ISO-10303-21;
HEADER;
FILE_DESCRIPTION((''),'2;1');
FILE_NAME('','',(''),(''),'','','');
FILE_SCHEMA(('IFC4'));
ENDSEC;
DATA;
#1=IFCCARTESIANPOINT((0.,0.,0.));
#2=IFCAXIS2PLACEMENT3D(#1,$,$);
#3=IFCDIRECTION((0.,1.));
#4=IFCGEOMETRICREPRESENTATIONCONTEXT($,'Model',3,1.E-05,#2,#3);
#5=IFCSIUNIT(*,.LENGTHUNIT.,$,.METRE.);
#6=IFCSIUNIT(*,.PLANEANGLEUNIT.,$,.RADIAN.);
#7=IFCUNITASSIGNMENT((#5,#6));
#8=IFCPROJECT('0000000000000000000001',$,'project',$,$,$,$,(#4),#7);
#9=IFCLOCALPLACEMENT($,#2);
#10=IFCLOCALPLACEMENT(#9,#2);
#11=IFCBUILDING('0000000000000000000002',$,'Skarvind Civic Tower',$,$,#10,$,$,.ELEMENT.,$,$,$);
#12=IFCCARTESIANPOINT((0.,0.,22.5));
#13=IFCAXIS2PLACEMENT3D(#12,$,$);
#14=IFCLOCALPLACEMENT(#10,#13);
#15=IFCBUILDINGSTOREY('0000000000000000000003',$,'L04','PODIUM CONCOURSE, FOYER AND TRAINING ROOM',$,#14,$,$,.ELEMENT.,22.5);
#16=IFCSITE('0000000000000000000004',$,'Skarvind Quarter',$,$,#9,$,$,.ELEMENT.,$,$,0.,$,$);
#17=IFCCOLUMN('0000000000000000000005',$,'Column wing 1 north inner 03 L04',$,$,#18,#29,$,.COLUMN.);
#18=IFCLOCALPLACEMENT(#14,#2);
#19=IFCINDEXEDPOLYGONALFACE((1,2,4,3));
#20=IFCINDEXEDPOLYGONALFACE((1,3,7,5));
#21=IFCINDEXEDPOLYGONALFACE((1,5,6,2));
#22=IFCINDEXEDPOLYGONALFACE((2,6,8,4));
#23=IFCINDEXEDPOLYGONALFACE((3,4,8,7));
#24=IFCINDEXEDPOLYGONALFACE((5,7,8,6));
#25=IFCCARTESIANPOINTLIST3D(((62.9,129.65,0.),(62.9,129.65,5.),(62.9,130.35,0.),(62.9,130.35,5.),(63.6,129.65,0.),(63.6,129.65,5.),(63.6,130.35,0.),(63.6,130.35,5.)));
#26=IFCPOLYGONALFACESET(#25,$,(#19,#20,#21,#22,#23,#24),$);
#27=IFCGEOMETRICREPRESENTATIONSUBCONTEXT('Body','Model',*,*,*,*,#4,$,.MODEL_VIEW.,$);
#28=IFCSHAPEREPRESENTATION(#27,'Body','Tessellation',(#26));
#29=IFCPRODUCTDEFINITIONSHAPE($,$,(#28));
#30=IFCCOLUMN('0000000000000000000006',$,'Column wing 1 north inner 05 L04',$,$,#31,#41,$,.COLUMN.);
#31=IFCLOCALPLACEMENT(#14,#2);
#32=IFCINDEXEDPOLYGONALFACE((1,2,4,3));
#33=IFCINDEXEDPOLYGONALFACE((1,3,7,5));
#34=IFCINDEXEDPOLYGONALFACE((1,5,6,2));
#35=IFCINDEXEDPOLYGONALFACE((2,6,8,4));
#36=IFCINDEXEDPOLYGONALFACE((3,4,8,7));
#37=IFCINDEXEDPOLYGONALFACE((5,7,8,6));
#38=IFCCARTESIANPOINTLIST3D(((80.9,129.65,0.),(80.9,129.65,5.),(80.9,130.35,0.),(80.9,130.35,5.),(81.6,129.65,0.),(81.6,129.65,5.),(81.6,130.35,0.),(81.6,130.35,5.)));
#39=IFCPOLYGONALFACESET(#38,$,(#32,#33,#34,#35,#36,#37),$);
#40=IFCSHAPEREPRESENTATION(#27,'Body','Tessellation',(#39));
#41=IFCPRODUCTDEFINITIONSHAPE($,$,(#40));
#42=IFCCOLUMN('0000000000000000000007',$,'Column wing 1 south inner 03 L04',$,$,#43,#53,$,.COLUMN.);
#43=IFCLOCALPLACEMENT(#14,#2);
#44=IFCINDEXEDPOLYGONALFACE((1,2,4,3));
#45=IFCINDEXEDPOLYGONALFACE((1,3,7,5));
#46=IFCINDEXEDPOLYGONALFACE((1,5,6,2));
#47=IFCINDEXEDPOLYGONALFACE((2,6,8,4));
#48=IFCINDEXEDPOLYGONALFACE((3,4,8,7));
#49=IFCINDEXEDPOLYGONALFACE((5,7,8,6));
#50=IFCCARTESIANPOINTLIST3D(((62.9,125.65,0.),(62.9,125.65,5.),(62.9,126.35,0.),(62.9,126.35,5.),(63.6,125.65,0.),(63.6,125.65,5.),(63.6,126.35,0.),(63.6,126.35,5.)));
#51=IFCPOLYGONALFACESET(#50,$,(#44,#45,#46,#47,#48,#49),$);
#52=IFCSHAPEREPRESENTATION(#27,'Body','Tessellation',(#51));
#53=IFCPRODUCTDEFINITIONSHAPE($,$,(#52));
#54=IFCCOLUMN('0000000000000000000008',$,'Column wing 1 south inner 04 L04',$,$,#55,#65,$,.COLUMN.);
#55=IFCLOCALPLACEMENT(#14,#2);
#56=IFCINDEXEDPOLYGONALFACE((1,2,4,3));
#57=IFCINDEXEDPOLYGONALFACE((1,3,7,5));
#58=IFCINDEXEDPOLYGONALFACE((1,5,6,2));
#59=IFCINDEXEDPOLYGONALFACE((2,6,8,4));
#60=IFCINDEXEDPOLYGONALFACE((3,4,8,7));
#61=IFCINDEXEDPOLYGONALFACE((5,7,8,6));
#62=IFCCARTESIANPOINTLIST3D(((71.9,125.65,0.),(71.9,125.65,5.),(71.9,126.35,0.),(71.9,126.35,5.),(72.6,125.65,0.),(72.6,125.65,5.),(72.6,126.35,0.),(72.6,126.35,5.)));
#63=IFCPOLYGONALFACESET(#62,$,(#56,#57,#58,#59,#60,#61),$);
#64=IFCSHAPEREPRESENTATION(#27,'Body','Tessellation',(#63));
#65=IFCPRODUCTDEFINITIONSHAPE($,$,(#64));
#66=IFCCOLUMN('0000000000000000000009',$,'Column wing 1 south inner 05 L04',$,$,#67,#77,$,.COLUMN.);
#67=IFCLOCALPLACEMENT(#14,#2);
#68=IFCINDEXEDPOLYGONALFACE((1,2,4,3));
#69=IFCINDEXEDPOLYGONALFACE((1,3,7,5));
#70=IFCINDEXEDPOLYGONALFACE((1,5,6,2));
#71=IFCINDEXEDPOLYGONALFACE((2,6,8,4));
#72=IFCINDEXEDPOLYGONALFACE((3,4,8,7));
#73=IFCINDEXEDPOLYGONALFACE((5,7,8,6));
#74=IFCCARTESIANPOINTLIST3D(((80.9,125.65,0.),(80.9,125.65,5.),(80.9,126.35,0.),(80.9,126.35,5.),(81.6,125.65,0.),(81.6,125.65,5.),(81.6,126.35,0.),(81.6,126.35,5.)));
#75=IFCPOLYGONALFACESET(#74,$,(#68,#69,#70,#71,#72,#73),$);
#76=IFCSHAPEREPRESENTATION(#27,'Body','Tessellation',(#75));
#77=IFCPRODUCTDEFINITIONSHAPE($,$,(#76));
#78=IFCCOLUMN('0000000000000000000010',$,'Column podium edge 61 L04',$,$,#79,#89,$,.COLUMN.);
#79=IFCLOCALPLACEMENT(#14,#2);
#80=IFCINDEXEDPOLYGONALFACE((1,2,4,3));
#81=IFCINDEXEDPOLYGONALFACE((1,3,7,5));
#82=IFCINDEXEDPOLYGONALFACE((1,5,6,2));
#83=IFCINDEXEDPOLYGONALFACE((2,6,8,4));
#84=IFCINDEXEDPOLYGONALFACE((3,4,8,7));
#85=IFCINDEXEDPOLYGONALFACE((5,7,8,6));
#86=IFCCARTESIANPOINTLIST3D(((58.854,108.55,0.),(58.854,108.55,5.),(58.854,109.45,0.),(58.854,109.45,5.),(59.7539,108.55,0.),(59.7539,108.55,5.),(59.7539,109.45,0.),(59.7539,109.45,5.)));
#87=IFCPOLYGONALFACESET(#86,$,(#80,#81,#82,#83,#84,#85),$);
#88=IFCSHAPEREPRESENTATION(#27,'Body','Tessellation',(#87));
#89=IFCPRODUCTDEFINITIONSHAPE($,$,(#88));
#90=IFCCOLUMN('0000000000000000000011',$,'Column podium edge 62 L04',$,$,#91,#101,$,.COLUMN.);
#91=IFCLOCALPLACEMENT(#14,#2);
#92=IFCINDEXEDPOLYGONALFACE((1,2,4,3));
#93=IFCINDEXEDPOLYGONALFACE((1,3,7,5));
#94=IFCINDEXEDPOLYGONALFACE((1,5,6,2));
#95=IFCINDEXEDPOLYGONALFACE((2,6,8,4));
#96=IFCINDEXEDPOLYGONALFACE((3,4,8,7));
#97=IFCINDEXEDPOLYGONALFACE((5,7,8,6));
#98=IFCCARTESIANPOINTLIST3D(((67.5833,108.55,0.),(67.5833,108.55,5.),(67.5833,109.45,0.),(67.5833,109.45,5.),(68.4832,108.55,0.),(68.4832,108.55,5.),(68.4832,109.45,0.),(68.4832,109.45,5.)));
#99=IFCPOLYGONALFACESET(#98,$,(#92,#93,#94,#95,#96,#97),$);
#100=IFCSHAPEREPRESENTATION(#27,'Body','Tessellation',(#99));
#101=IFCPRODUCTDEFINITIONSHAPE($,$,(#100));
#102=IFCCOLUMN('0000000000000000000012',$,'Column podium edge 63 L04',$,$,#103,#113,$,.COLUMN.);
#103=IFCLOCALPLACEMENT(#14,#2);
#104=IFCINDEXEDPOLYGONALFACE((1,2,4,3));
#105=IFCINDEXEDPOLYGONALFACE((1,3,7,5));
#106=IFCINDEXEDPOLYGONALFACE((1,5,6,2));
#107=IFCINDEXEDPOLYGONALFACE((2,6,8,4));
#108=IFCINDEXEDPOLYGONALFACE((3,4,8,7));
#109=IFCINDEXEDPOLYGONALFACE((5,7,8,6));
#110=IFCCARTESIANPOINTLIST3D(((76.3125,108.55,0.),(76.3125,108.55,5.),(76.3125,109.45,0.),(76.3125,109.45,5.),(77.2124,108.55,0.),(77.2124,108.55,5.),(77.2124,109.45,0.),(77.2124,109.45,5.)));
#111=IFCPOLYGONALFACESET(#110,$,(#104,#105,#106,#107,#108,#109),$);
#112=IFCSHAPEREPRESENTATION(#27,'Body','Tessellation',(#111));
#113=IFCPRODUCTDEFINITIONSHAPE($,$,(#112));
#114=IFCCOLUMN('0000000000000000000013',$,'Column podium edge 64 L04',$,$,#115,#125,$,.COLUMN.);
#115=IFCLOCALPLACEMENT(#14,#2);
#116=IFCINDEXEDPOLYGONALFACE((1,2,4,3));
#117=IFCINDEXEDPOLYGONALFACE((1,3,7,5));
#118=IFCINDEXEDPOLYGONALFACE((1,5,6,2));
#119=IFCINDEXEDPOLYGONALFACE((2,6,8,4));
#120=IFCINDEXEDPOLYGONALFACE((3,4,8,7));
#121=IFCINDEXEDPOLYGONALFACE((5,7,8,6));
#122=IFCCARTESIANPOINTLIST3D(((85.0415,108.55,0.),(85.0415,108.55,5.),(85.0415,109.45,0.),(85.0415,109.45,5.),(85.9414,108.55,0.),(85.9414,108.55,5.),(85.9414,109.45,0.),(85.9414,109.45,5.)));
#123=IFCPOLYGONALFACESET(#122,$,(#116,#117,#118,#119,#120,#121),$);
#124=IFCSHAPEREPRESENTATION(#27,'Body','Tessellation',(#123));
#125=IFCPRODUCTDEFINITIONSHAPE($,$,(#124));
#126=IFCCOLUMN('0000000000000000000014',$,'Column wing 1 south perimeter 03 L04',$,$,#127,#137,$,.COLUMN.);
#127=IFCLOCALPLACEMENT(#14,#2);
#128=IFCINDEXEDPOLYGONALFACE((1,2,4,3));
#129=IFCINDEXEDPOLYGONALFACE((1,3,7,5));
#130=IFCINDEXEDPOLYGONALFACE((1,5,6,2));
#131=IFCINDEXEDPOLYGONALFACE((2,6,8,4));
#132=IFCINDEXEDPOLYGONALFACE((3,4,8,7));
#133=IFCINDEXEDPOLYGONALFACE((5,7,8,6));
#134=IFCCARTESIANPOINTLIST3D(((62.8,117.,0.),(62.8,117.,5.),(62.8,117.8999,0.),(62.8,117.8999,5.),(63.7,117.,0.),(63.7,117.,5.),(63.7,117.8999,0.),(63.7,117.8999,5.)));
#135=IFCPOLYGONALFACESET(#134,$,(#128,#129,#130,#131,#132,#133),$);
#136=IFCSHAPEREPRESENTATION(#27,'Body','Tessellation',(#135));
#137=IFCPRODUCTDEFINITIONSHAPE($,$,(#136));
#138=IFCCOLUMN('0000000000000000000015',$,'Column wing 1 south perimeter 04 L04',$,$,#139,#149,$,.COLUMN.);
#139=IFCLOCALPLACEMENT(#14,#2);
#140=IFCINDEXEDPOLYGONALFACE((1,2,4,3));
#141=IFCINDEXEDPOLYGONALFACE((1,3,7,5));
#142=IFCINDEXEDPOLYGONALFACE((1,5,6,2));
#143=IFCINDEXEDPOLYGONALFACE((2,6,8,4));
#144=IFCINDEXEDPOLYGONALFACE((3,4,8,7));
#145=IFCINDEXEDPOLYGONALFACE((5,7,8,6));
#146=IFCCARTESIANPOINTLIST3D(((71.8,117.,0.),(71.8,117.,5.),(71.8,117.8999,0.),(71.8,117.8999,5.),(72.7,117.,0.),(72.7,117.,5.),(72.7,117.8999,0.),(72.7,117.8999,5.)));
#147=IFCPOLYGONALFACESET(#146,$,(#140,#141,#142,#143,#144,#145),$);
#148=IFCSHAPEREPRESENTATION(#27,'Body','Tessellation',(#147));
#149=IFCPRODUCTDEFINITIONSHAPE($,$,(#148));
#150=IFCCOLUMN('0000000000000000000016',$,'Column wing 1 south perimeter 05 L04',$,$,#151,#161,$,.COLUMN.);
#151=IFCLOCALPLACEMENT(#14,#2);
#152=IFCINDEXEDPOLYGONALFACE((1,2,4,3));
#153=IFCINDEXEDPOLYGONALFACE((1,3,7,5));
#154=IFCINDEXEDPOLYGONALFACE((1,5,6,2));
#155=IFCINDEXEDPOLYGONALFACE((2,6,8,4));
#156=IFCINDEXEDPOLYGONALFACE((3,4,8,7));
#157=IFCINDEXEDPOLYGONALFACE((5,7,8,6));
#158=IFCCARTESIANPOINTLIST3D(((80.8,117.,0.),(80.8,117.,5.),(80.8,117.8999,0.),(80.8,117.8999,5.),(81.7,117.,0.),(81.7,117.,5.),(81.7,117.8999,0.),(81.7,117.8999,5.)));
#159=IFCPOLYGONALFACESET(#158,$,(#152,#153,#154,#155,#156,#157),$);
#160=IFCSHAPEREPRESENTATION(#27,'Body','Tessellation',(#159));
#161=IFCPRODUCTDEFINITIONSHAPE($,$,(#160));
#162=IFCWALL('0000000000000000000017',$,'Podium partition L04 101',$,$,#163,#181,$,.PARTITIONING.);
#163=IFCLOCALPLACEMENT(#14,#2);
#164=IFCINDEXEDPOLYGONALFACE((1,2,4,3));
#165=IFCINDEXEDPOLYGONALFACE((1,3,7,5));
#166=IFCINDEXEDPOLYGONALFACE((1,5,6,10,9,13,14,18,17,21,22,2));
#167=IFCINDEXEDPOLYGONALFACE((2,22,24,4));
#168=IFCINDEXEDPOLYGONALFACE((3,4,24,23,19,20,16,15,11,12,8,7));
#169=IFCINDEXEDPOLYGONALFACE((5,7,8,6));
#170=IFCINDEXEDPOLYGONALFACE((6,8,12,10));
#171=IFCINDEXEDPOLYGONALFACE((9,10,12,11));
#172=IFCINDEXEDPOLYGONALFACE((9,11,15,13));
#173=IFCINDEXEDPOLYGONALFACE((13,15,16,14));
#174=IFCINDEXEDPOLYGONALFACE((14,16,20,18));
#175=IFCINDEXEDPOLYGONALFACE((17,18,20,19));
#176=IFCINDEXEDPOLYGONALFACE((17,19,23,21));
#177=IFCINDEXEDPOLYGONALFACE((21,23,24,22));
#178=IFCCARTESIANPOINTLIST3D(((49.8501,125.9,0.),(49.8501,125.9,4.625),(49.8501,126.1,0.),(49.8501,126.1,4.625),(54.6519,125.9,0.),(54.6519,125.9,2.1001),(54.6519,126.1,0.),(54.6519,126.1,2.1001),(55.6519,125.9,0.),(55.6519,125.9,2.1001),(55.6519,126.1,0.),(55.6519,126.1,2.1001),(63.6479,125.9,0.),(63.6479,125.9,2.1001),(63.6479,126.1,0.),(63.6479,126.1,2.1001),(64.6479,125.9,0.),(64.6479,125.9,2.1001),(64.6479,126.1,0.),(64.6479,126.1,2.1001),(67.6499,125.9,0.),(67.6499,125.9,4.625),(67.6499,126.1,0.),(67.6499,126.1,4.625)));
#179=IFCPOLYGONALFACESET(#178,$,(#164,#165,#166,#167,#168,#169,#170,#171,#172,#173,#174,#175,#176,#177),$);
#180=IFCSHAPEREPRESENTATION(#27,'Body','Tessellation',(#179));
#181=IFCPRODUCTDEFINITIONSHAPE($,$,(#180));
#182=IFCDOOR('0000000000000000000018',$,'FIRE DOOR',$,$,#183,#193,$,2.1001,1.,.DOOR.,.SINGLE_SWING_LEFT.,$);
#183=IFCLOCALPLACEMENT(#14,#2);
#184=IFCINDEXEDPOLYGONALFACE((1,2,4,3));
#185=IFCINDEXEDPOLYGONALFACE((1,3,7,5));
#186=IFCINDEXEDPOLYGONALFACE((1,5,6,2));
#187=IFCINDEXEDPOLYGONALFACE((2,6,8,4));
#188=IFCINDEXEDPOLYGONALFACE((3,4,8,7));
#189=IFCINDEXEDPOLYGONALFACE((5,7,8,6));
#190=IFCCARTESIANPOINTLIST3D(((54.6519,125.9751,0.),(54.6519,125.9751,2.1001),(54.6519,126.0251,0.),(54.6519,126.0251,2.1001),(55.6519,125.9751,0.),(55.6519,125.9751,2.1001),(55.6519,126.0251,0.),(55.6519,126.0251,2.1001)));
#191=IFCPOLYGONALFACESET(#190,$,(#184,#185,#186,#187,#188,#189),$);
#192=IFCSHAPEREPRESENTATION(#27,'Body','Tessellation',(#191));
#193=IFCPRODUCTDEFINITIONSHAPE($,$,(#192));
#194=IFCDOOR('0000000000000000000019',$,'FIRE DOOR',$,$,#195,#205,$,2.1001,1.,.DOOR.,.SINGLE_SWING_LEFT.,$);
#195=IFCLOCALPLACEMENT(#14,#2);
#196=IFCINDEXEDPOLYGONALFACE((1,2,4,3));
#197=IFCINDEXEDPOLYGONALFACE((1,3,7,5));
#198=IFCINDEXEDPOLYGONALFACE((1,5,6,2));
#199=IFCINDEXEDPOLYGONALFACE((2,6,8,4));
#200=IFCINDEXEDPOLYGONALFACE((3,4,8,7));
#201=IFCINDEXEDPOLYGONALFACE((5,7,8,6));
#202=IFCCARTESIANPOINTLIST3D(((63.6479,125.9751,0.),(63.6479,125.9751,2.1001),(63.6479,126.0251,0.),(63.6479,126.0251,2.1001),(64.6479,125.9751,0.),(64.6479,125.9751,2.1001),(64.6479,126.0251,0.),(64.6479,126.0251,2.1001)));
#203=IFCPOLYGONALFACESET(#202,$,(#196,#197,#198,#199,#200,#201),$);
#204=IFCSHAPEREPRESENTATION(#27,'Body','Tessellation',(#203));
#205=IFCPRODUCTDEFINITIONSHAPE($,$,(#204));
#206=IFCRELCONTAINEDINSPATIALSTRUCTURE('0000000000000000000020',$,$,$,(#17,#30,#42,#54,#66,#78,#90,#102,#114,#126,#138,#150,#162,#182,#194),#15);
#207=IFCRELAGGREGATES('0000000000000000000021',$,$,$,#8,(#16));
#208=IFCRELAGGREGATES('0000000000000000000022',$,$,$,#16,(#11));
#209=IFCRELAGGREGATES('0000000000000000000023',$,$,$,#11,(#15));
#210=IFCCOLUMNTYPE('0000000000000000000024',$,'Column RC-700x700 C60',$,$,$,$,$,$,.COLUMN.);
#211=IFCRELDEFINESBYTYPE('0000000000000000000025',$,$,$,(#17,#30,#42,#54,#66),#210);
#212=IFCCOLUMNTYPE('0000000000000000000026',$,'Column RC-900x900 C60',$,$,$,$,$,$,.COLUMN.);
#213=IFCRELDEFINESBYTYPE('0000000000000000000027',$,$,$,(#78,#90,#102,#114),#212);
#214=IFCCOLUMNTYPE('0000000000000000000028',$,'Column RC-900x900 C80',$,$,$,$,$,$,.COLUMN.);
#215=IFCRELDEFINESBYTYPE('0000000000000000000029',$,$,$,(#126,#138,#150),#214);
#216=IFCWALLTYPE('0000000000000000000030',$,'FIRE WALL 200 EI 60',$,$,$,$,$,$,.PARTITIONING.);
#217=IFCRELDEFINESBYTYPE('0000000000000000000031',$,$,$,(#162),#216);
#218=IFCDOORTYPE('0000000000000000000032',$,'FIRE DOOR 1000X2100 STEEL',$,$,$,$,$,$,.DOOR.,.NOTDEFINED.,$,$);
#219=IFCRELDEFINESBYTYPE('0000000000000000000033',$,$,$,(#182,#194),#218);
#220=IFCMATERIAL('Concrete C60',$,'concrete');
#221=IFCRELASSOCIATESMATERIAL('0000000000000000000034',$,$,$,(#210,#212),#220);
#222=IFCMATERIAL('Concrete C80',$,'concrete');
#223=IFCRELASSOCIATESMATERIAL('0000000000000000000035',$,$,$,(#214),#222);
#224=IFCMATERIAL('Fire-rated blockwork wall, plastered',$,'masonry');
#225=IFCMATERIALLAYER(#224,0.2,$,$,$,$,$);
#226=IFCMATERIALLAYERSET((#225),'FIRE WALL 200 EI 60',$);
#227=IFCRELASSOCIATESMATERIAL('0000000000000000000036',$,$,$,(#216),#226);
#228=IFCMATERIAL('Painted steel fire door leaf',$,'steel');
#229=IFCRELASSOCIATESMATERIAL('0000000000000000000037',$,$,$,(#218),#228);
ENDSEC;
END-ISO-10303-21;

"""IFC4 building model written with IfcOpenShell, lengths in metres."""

from ifc_helpers import new_model, si_unit, direction, frame, frame_2d, origin, origin_2d, place, context, subcontext, project, spatial, rectangle, extrude, material, layer, layer_set, material_profile, profile_set, type_object, element, fill, save


model = new_model("IFC4")

# Units and contexts
model_context = context("Model", 3, precision=1e-05, world=origin(), true_north=direction((0.0, 1.0)))
body_context = subcontext(model_context, "Body", "Model", "MODEL_VIEW")
ifc_project = project(units=[si_unit("LENGTHUNIT", "METRE"), si_unit("PLANEANGLEUNIT", "RADIAN")], contexts=[model_context])

# Site, building, storey
site_placement = place(None, origin())
site = spatial("IfcSite", under=ifc_project, at=site_placement, Name="Skarvind Quarter", CompositionType="ELEMENT", RefElevation=0.0)
building_placement = place(site_placement, origin())
building = spatial("IfcBuilding", under=site, at=building_placement, Name="Skarvind Civic Tower", CompositionType="ELEMENT")
storey_placement = place(building_placement, frame((0.0, 0.0, 22.5)))
storey = spatial("IfcBuildingStorey", under=building, at=storey_placement, Name="L04", Description="PODIUM CONCOURSE, FOYER AND TRAINING ROOM", CompositionType="ELEMENT", Elevation=22.5)

# Columns
ifc_material_1 = material(Name="Concrete C60", Category="concrete")
ifc_material_profile_1 = material_profile(ifc_material_1, rectangle(XDim=0.7, YDim=0.7, at=origin_2d()), Name="RC-700x700")
ifc_profile_set_1 = profile_set([ifc_material_profile_1], Name="Concrete C60")
column_type_1 = type_object("IfcColumnType", Name="Column RC-700x700 C60", PredefinedType="COLUMN", material=ifc_profile_set_1)
for number, where, z_axis, x_axis, name in (
    (1, (63.25, 130.0, 0.0), (0.0, 0.0, 1.0), (1.0, 0.0, 0.0), "Column wing 1 north inner 03 L04"),
    (2, (81.25, 130.0, 0.0), (0.0, 0.0, 1.0), (1.0, 0.0, 0.0), "Column wing 1 north inner 05 L04"),
    (3, (63.25, 126.0, 0.0), (0.0, 0.0, 1.0), (1.0, 0.0, 0.0), "Column wing 1 south inner 03 L04"),
    (4, (72.25, 126.0, 0.0), (0.0, 0.0, 1.0), (1.0, 0.0, 0.0), "Column wing 1 south inner 04 L04"),
    (5, (81.25, 126.0, 0.0), (0.0, 0.0, 1.0), (1.0, 0.0, 0.0), "Column wing 1 south inner 05 L04"),
):
    element("IfcColumn", number, at=place(storey_placement, frame(where, z_axis=z_axis, x_axis=x_axis)), inside=storey, type_object=column_type_1, Name=name, PredefinedType="COLUMN", context=body_context, shape_type="SweptSolid", body=[
        extrude(rectangle(XDim=0.7, YDim=0.7, at=origin_2d()), origin(), (0.0, 0.0, 1.0), 5.0),
    ])
ifc_material_profile_2 = material_profile(ifc_material_1, rectangle(XDim=0.8999, YDim=0.8999, at=origin_2d()), Name="RC-900x900")
ifc_profile_set_2 = profile_set([ifc_material_profile_2], Name="Concrete C60")
column_type_2 = type_object("IfcColumnType", Name="Column RC-900x900 C60", PredefinedType="COLUMN", material=ifc_profile_set_2)
for number, where, z_axis, x_axis, name in (
    (6, (59.304, 109.0, 0.0), (0.0, 0.0, 1.0), (1.0, 0.0, 0.0), "Column podium edge 61 L04"),
    (7, (68.0332, 109.0, 0.0), (0.0, 0.0, 1.0), (1.0, 0.0, 0.0), "Column podium edge 62 L04"),
    (8, (76.7625, 109.0, 0.0), (0.0, 0.0, 1.0), (1.0, 0.0, 0.0), "Column podium edge 63 L04"),
    (9, (85.4915, 109.0, 0.0), (0.0, 0.0, 1.0), (1.0, 0.0, 0.0), "Column podium edge 64 L04"),
):
    element("IfcColumn", number, at=place(storey_placement, frame(where, z_axis=z_axis, x_axis=x_axis)), inside=storey, type_object=column_type_2, Name=name, PredefinedType="COLUMN", context=body_context, shape_type="SweptSolid", body=[
        extrude(rectangle(XDim=0.8999, YDim=0.8999, at=origin_2d()), origin(), (0.0, 0.0, 1.0), 5.0),
    ])
ifc_material_2 = material(Name="Concrete C80", Category="concrete")
ifc_material_profile_3 = material_profile(ifc_material_2, rectangle(XDim=0.8999, YDim=0.8999, at=origin_2d()), Name="RC-900x900")
ifc_profile_set_3 = profile_set([ifc_material_profile_3], Name="Concrete C80")
column_type_3 = type_object("IfcColumnType", Name="Column RC-900x900 C80", PredefinedType="COLUMN", material=ifc_profile_set_3)
for number, where, z_axis, x_axis, name in (
    (10, (63.25, 117.45, 0.0), (0.0, 0.0, 1.0), (1.0, 0.0, 0.0), "Column wing 1 south perimeter 03 L04"),
    (11, (72.25, 117.45, 0.0), (0.0, 0.0, 1.0), (1.0, 0.0, 0.0), "Column wing 1 south perimeter 04 L04"),
    (12, (81.25, 117.45, 0.0), (0.0, 0.0, 1.0), (1.0, 0.0, 0.0), "Column wing 1 south perimeter 05 L04"),
):
    element("IfcColumn", number, at=place(storey_placement, frame(where, z_axis=z_axis, x_axis=x_axis)), inside=storey, type_object=column_type_3, Name=name, PredefinedType="COLUMN", context=body_context, shape_type="SweptSolid", body=[
        extrude(rectangle(XDim=0.8999, YDim=0.8999, at=origin_2d()), origin(), (0.0, 0.0, 1.0), 5.0),
    ])

# Wall, openings, doors
ifc_material_3 = material(Name="Fire-rated blockwork wall, plastered", Category="masonry")
ifc_layer_1 = layer(ifc_material_3, 0.2)
ifc_layer_set_1 = layer_set([ifc_layer_1], Name="FIRE WALL 200 EI 60")
wall_type_1 = type_object("IfcWallType", Name="FIRE WALL 200 EI 60", PredefinedType="PARTITIONING", material=ifc_layer_set_1)
wall_1_placement = place(storey_placement, frame((67.6499, 126.0, 0.0), z_axis=(0.0, 0.0, 1.0), x_axis=(-1.0, 0.0, 0.0)))
wall_1 = element("IfcWall", 13, at=wall_1_placement, inside=storey, type_object=wall_type_1, Name="Podium partition L04 101", PredefinedType="PARTITIONING", context=body_context, shape_type="SweptSolid", body=[
    extrude(rectangle(XDim=17.7998, YDim=0.2, at=frame_2d((8.8999, 0.0))), origin(), (0.0, 0.0, 1.0), 4.625),
])
opening_1_placement = place(wall_1_placement, frame((11.998, 0.0, 0.0)))
opening_1 = element("IfcOpeningElement", 14, at=opening_1_placement, cuts=wall_1, PredefinedType="OPENING", context=body_context, shape_type="SweptSolid", body=[
    extrude(rectangle(XDim=1.0, YDim=2.1001, at=frame_2d((0.5, 1.05))), frame((0.0, 0.1099, 0.0), z_axis=(0.0, -1.0, 0.0), x_axis=(1.0, 0.0, 0.0)), (0.0, 0.0, 1.0), 0.22),
])
opening_2_placement = place(wall_1_placement, frame((3.002, 0.0, 0.0)))
opening_2 = element("IfcOpeningElement", 15, at=opening_2_placement, cuts=wall_1, PredefinedType="OPENING", context=body_context, shape_type="SweptSolid", body=[
    extrude(rectangle(XDim=1.0, YDim=2.1001, at=frame_2d((0.5, 1.05))), frame((0.0, 0.1099, 0.0), z_axis=(0.0, -1.0, 0.0), x_axis=(1.0, 0.0, 0.0)), (0.0, 0.0, 1.0), 0.22),
])
ifc_material_4 = material(Name="Painted steel fire door leaf", Category="steel")
door_type_1 = type_object("IfcDoorType", Name="FIRE DOOR 1000X2100 STEEL", OperationType="NOTDEFINED", PredefinedType="DOOR", material=ifc_material_4)
door_1_placement = place(opening_1_placement, origin())
door_1 = element("IfcDoor", 16, at=door_1_placement, inside=storey, type_object=door_type_1, Name="FIRE DOOR", OperationType="SINGLE_SWING_LEFT", OverallHeight=2.1001, OverallWidth=1.0, PredefinedType="DOOR", context=body_context, shape_type="SweptSolid", body=[
    extrude(rectangle(XDim=1.0, YDim=2.1001, at=frame_2d((0.5, 1.05))), frame((0.0, 0.0249, 0.0), z_axis=(0.0, -1.0, 0.0), x_axis=(1.0, 0.0, 0.0)), (0.0, 0.0, 1.0), 0.05),
])
fill(opening_1, door_1)
door_2_placement = place(opening_2_placement, origin())
door_2 = element("IfcDoor", 17, at=door_2_placement, inside=storey, type_object=door_type_1, Name="FIRE DOOR", OperationType="SINGLE_SWING_LEFT", OverallHeight=2.1001, OverallWidth=1.0, PredefinedType="DOOR", context=body_context, shape_type="SweptSolid", body=[
    extrude(rectangle(XDim=1.0, YDim=2.1001, at=frame_2d((0.5, 1.05))), frame((0.0, 0.0249, 0.0), z_axis=(0.0, -1.0, 0.0), x_axis=(1.0, 0.0, 0.0)), (0.0, 0.0, 1.0), 0.05),
])
fill(opening_2, door_2)

save(model, "model.ifc")
